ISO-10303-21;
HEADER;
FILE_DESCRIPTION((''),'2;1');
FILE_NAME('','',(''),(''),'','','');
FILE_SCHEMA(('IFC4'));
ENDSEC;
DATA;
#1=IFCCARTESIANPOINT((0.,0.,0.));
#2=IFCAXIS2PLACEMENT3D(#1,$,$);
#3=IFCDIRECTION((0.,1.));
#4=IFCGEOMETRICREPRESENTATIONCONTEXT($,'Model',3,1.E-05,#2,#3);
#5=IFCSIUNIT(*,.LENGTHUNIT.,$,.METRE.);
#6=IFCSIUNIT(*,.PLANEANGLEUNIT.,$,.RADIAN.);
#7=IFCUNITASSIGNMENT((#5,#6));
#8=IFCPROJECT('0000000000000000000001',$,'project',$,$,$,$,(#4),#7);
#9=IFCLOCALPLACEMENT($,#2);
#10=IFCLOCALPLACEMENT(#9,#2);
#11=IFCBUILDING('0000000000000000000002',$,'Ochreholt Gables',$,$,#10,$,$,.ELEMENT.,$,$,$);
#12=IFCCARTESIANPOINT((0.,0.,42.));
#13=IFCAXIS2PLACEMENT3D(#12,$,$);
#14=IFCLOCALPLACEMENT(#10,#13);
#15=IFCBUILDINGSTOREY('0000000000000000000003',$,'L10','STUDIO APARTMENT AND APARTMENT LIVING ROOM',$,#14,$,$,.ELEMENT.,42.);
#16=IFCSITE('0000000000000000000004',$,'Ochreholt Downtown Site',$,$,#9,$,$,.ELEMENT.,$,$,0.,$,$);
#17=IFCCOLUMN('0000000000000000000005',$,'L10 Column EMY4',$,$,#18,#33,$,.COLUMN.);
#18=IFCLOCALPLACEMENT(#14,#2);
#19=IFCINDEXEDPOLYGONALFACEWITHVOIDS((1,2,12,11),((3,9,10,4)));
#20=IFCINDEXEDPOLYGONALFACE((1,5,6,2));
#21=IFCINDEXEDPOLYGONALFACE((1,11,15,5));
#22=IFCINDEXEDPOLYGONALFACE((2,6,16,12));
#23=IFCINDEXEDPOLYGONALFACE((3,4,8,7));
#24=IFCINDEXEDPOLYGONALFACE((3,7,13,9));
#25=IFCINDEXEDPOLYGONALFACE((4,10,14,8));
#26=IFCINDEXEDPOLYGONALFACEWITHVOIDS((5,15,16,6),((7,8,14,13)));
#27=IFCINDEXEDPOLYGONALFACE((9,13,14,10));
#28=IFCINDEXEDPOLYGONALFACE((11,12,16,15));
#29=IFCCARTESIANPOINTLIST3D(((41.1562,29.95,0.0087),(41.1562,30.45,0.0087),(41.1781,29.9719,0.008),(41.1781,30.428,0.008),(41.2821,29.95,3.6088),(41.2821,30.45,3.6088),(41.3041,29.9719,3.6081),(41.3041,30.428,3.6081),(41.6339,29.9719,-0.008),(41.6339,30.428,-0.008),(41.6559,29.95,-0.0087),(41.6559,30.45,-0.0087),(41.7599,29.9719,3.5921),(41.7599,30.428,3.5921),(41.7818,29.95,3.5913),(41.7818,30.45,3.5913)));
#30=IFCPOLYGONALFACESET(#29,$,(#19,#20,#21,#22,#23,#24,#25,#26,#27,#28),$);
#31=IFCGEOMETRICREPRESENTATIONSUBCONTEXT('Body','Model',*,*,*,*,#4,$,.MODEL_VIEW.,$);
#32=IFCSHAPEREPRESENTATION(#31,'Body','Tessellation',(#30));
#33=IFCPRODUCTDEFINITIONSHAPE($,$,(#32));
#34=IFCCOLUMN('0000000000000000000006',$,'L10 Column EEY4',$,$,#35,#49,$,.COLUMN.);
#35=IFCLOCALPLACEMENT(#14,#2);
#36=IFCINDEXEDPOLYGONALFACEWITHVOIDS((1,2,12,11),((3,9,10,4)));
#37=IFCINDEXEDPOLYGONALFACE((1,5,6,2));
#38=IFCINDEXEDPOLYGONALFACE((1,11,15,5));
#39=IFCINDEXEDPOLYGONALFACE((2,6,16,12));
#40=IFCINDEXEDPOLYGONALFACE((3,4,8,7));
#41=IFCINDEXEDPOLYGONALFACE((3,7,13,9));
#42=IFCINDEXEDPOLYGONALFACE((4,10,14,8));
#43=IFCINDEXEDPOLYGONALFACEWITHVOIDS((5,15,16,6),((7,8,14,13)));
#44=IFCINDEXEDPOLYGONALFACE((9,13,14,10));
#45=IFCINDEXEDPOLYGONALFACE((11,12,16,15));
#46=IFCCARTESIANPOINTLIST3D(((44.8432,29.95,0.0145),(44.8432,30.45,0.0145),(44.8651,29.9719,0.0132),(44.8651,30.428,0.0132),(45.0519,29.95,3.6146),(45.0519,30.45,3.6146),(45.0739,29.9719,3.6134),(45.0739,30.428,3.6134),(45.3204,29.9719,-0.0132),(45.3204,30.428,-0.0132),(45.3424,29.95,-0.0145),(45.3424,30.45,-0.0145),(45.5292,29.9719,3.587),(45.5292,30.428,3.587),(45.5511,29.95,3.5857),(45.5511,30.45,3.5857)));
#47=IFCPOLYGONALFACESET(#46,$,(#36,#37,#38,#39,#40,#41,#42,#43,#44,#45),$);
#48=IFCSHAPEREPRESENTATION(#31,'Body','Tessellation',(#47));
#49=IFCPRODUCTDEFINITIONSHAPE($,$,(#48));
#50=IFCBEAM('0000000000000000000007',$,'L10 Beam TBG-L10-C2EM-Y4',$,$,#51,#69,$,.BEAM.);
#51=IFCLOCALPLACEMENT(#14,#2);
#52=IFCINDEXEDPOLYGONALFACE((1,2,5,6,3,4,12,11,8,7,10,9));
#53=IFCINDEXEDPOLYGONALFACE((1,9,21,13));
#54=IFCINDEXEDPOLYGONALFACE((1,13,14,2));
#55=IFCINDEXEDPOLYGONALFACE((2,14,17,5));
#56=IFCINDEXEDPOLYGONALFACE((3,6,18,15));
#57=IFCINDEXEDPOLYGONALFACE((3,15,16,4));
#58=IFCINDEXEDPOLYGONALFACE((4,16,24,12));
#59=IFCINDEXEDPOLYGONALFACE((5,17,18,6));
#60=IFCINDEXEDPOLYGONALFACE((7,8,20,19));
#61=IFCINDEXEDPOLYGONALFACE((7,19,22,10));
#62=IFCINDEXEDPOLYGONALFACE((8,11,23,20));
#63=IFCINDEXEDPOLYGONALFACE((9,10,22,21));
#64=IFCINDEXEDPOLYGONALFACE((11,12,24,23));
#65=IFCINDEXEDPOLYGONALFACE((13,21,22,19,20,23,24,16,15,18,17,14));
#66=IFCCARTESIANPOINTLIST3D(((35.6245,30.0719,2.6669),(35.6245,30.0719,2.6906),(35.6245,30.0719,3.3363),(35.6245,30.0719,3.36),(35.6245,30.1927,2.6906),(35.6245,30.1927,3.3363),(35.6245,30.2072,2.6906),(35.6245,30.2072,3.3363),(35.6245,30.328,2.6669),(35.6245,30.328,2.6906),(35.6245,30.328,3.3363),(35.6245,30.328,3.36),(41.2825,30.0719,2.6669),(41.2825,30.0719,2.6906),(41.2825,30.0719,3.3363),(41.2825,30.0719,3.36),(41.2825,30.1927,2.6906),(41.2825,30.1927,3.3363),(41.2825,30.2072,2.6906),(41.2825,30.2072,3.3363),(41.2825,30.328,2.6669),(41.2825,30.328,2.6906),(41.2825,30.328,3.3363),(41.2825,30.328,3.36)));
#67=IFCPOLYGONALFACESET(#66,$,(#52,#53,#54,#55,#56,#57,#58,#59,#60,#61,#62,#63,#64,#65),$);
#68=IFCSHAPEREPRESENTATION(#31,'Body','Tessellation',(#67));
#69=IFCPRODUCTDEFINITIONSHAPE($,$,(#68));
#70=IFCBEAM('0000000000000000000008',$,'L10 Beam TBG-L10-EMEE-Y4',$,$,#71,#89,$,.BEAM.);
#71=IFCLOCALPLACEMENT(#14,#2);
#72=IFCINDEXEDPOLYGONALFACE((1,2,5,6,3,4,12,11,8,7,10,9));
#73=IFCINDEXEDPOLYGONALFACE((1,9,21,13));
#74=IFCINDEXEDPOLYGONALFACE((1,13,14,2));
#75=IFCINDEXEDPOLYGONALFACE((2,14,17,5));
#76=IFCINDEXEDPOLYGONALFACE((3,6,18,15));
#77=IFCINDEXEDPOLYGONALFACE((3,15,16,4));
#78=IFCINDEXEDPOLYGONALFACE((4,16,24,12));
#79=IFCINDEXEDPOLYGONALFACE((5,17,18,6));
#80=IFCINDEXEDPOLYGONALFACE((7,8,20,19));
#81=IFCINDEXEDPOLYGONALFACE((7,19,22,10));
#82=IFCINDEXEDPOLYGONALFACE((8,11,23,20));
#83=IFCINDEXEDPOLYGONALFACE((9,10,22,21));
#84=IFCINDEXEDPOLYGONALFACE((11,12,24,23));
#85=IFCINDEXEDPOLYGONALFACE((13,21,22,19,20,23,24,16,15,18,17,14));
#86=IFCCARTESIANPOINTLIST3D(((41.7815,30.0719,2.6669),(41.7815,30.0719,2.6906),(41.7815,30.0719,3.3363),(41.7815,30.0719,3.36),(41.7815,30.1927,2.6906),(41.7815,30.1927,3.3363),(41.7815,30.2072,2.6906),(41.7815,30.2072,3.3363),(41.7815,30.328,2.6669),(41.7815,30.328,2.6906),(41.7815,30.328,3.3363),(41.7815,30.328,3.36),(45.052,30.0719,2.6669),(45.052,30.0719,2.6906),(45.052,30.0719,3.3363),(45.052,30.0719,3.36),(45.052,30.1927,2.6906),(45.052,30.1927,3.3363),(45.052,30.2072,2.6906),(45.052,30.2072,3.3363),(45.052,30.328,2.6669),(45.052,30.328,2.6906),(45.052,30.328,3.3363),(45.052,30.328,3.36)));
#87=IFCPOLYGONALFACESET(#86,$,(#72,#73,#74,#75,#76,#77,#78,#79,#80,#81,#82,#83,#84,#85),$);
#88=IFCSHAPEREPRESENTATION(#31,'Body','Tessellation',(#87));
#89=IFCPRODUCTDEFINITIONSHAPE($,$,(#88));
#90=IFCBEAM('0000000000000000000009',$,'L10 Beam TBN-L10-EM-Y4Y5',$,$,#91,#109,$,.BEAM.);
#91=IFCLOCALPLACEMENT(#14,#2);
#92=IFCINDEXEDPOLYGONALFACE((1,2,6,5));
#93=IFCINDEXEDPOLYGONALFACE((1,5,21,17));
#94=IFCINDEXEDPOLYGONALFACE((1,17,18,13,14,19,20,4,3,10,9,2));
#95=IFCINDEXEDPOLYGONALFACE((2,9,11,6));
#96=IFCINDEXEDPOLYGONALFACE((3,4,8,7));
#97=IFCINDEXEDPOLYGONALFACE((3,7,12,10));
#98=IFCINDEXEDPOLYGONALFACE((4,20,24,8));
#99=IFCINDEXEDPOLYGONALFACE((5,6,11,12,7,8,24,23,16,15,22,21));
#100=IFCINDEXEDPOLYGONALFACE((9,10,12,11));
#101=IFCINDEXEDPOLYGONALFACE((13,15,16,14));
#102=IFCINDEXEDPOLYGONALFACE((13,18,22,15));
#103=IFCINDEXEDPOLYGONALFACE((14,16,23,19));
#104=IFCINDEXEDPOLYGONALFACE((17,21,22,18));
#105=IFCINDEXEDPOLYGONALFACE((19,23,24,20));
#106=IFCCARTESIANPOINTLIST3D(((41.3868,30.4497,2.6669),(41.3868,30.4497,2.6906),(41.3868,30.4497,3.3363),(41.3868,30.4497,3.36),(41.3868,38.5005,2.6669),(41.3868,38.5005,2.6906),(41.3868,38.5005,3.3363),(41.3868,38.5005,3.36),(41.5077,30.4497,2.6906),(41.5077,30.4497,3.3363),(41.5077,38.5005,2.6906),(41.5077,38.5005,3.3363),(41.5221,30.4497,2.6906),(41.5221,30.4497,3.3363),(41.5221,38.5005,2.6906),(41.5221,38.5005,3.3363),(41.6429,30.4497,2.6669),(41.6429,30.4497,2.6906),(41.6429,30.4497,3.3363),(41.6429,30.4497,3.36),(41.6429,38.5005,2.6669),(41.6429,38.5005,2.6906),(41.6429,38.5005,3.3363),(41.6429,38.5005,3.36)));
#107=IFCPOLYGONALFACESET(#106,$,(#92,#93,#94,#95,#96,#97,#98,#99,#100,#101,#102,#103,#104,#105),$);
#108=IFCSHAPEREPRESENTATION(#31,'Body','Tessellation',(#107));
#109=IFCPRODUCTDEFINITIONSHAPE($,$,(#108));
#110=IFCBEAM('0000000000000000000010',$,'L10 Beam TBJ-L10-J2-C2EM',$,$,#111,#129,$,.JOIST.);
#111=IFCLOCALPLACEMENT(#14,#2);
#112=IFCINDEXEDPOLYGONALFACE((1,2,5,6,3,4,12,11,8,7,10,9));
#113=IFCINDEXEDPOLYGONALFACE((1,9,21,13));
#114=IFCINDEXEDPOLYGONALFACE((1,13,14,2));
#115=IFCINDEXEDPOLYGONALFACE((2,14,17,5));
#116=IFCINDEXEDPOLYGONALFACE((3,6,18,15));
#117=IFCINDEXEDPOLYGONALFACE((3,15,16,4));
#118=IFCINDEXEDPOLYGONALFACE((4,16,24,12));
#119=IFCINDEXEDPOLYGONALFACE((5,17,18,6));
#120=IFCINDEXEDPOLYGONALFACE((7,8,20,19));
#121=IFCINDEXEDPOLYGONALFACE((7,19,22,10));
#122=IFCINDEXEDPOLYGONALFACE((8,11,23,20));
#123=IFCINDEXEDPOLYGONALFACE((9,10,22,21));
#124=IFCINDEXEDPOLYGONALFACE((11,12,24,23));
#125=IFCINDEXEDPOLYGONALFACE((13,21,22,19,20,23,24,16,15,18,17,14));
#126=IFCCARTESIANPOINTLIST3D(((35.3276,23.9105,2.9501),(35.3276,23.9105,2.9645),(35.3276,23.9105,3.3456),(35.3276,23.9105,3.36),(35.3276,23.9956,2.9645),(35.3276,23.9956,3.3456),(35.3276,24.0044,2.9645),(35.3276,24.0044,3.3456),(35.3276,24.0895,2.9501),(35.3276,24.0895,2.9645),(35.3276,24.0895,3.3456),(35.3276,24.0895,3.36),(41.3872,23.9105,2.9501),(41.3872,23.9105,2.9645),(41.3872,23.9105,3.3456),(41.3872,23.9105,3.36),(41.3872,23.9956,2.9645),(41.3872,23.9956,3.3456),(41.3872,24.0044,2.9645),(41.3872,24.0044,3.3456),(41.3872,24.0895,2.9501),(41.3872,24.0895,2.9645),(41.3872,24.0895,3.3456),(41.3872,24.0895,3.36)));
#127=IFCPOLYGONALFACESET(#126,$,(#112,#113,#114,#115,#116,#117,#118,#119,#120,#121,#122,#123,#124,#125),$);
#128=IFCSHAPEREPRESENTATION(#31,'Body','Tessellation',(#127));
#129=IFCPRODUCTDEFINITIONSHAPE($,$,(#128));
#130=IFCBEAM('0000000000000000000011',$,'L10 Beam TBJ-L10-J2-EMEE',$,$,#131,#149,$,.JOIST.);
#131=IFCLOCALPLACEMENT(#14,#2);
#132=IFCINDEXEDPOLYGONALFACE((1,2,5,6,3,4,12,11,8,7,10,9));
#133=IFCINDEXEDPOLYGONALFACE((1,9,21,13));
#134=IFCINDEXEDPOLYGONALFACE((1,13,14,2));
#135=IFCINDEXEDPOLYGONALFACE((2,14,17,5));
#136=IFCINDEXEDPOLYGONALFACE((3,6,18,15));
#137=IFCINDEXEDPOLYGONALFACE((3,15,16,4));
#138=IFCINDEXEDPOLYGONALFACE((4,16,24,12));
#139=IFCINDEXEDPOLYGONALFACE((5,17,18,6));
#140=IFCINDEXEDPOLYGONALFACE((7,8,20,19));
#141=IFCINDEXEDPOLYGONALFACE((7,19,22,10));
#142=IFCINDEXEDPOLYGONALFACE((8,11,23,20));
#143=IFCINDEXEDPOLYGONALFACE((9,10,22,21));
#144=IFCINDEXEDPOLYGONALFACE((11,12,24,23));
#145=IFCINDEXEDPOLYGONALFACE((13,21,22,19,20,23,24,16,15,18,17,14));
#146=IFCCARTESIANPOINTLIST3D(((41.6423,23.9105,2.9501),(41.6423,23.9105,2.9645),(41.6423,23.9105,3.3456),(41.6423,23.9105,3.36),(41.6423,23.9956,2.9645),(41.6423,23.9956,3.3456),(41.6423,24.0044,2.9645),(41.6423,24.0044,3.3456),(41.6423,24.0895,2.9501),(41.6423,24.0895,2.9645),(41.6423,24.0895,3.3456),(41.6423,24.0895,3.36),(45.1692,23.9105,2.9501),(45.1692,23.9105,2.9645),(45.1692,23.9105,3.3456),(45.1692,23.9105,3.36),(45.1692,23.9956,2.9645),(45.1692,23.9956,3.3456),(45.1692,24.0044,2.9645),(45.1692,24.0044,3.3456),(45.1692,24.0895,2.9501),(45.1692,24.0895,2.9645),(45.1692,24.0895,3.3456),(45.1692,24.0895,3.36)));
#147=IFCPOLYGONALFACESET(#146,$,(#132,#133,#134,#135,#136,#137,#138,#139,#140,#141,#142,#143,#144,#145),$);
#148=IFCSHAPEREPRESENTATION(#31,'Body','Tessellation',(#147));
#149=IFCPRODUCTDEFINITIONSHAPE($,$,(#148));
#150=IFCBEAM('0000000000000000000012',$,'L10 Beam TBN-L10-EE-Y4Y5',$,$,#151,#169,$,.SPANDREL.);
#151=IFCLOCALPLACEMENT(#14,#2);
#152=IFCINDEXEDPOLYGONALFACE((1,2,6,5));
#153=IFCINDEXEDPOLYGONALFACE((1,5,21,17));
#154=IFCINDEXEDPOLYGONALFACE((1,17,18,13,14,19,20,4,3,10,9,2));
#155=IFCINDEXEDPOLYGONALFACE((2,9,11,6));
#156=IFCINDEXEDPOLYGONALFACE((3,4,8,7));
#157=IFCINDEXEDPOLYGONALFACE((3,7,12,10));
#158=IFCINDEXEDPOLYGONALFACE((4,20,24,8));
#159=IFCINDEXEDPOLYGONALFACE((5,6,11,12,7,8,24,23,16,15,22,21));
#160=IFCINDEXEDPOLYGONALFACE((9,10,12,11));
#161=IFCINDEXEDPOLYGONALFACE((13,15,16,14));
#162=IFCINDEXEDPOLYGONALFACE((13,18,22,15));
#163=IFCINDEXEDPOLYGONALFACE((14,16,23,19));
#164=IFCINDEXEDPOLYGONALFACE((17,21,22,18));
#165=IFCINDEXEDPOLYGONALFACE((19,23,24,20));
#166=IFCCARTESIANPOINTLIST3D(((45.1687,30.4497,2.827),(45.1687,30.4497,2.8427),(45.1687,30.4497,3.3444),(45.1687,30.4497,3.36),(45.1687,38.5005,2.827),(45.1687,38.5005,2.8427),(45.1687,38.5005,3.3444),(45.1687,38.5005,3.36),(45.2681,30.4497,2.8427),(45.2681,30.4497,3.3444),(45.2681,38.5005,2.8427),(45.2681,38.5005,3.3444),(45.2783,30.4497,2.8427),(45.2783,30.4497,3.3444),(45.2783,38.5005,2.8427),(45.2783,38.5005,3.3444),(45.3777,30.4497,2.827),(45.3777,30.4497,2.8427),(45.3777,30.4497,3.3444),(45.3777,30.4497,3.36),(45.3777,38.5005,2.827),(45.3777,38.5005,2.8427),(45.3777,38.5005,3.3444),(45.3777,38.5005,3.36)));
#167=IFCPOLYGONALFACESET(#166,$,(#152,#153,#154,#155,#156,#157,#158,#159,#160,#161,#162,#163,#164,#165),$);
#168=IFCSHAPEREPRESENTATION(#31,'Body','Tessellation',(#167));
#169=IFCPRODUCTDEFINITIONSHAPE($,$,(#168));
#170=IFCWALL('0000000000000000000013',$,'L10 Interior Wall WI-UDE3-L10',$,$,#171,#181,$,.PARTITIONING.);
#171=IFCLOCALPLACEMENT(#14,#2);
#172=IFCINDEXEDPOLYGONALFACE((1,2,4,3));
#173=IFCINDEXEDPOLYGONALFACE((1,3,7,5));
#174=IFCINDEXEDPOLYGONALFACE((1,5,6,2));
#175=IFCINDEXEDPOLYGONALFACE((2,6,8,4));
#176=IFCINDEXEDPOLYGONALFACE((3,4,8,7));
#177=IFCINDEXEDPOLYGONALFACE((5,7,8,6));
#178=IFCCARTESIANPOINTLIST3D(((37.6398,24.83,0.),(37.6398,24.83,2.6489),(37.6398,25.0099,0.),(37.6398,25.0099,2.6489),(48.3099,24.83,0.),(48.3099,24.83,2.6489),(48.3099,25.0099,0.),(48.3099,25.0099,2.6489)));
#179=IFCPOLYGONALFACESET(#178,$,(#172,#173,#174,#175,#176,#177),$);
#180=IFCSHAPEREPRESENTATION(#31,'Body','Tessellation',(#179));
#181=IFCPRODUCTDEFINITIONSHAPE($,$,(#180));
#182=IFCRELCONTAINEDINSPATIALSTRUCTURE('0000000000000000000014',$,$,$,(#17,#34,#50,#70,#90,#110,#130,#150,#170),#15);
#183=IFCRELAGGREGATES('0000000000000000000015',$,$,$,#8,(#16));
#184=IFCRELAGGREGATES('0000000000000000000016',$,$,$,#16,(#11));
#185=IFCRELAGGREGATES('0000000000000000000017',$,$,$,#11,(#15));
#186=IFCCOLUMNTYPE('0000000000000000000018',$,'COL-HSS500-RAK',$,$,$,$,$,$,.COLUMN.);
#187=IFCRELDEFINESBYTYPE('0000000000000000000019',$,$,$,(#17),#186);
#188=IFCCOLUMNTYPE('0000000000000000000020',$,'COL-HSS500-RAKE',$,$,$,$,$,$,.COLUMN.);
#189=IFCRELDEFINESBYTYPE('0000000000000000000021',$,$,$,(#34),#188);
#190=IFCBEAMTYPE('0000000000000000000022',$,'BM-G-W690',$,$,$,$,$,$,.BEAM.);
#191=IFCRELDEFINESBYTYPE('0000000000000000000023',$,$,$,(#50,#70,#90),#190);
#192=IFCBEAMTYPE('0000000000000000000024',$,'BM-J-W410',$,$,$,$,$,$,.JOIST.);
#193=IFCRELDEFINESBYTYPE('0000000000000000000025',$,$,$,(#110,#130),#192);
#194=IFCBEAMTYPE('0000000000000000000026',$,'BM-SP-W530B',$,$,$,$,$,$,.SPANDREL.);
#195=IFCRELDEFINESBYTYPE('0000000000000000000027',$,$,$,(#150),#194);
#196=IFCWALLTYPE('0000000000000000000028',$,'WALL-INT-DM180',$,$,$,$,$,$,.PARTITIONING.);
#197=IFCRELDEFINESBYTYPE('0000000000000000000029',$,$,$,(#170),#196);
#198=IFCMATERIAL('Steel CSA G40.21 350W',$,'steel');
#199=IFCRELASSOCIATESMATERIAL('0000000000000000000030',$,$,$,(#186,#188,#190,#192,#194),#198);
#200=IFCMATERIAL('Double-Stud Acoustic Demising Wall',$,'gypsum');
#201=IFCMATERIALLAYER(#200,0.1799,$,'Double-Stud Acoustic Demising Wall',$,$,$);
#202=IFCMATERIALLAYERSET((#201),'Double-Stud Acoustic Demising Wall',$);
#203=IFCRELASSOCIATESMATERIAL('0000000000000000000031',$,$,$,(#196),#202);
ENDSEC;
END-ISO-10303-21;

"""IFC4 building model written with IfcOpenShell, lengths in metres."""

from ifc_helpers import new_model, si_unit, direction, frame, frame_2d, origin, origin_2d, place, context, subcontext, project, spatial, rectangle, hollow_rectangle, i_section, extrude, material, layer, layer_set, material_profile, profile_set, type_object, element, save


model = new_model("IFC4")

# Units and contexts
model_context = context("Model", 3, precision=1e-05, world=origin(), true_north=direction((0.0, 1.0)))
body_context = subcontext(model_context, "Body", "Model", "MODEL_VIEW")
ifc_project = project(units=[si_unit("LENGTHUNIT", "METRE"), si_unit("PLANEANGLEUNIT", "RADIAN")], contexts=[model_context])

# Site, building, storey
site_placement = place(None, origin())
site = spatial("IfcSite", under=ifc_project, at=site_placement, Name="Ochreholt Downtown Site", CompositionType="ELEMENT", RefElevation=0.0)
building_placement = place(site_placement, origin())
building = spatial("IfcBuilding", under=site, at=building_placement, Name="Ochreholt Gables", CompositionType="ELEMENT")
storey_placement = place(building_placement, frame((0.0, 0.0, 42.0)))
storey = spatial("IfcBuildingStorey", under=building, at=storey_placement, Name="L10", Description="STUDIO APARTMENT AND APARTMENT LIVING ROOM", CompositionType="ELEMENT", Elevation=42.0)

# Columns
ifc_material_1 = material(Name="Steel CSA G40.21 350W", Category="steel")
ifc_material_profile_1 = material_profile(ifc_material_1, hollow_rectangle(XDim=0.5, YDim=0.5, WallThickness=0.022, at=origin_2d()), Name="HSS500X500X22")
ifc_profile_set_1 = profile_set([ifc_material_profile_1], Name="Steel CSA G40.21 350W")
column_type_1 = type_object("IfcColumnType", Name="COL-HSS500-RAK", PredefinedType="COLUMN", material=ifc_profile_set_1)
column_1_placement = place(storey_placement, frame((41.406, 30.2, 0.0), z_axis=(0.034971, 0.0, 0.999388), x_axis=(0.0, 1.0, 0.0)))
element("IfcColumn", 1, at=column_1_placement, inside=storey, type_object=column_type_1, Name="L10 Column EMY4", PredefinedType="COLUMN", context=body_context, shape_type="SweptSolid", body=[
    extrude(hollow_rectangle(XDim=0.5, YDim=0.5, WallThickness=0.022, at=origin_2d()), origin(), (0.0, 0.0, 1.0), 3.6023),
])
ifc_material_profile_2 = material_profile(ifc_material_1, hollow_rectangle(XDim=0.5, YDim=0.5, WallThickness=0.022, at=origin_2d()), Name="HSS500X500X22")
ifc_profile_set_2 = profile_set([ifc_material_profile_2], Name="Steel CSA G40.21 350W")
column_type_2 = type_object("IfcColumnType", Name="COL-HSS500-RAKE", PredefinedType="COLUMN", material=ifc_profile_set_2)
column_2_placement = place(storey_placement, frame((45.0928, 30.2, 0.0), z_axis=(0.057885, 0.0, 0.998323), x_axis=(0.0, 1.0, 0.0)))
element("IfcColumn", 2, at=column_2_placement, inside=storey, type_object=column_type_2, Name="L10 Column EEY4", PredefinedType="COLUMN", context=body_context, shape_type="SweptSolid", body=[
    extrude(hollow_rectangle(XDim=0.5, YDim=0.5, WallThickness=0.022, at=origin_2d()), origin(), (0.0, 0.0, 1.0), 3.6062),
])

# Beams
ifc_material_profile_3 = material_profile(ifc_material_1, i_section(OverallWidth=0.2561, OverallDepth=0.6931, WebThickness=0.0144, FlangeThickness=0.0237, at=origin_2d()), Name="W690X170")
ifc_profile_set_3 = profile_set([ifc_material_profile_3], Name="Steel CSA G40.21 350W")
beam_type_1 = type_object("IfcBeamType", Name="BM-G-W690", PredefinedType="BEAM", material=ifc_profile_set_3)
beam_1_placement = place(storey_placement, frame((35.6245, 30.2, 3.0134), z_axis=(1.0, 0.0, 0.0), x_axis=(0.0, 1.0, 0.0)))
element("IfcBeam", 3, at=beam_1_placement, inside=storey, type_object=beam_type_1, Name="L10 Beam TBG-L10-C2EM-Y4", PredefinedType="BEAM", context=body_context, shape_type="SweptSolid", body=[
    extrude(i_section(OverallWidth=0.2561, OverallDepth=0.6931, WebThickness=0.0144, FlangeThickness=0.0237, at=origin_2d()), origin(), (0.0, 0.0, 1.0), 5.658),
])
beam_2_placement = place(storey_placement, frame((41.7815, 30.2, 3.0134), z_axis=(1.0, 0.0, 0.0), x_axis=(0.0, 1.0, 0.0)))
element("IfcBeam", 4, at=beam_2_placement, inside=storey, type_object=beam_type_1, Name="L10 Beam TBG-L10-EMEE-Y4", PredefinedType="BEAM", context=body_context, shape_type="SweptSolid", body=[
    extrude(i_section(OverallWidth=0.2561, OverallDepth=0.6931, WebThickness=0.0144, FlangeThickness=0.0237, at=origin_2d()), origin(), (0.0, 0.0, 1.0), 3.2705),
])
beam_3_placement = place(storey_placement, frame((41.5149, 30.4497, 3.0134), z_axis=(0.0, 1.0, 0.0), x_axis=(-1.0, 0.0, 0.0)))
element("IfcBeam", 5, at=beam_3_placement, inside=storey, type_object=beam_type_1, Name="L10 Beam TBN-L10-EM-Y4Y5", PredefinedType="BEAM", context=body_context, shape_type="SweptSolid", body=[
    extrude(i_section(OverallWidth=0.2561, OverallDepth=0.6931, WebThickness=0.0144, FlangeThickness=0.0237, at=origin_2d()), origin(), (0.0, 0.0, 1.0), 8.0508),
])
ifc_material_profile_4 = material_profile(ifc_material_1, i_section(OverallWidth=0.179, OverallDepth=0.4099, WebThickness=0.0088, FlangeThickness=0.0144, at=origin_2d()), Name="W410X67")
ifc_profile_set_4 = profile_set([ifc_material_profile_4], Name="Steel CSA G40.21 350W")
beam_type_2 = type_object("IfcBeamType", Name="BM-J-W410", PredefinedType="JOIST", material=ifc_profile_set_4)
beam_4_placement = place(storey_placement, frame((35.3276, 24.0, 3.155), z_axis=(1.0, 0.0, 0.0), x_axis=(0.0, 1.0, 0.0)))
element("IfcBeam", 6, at=beam_4_placement, inside=storey, type_object=beam_type_2, Name="L10 Beam TBJ-L10-J2-C2EM", PredefinedType="JOIST", context=body_context, shape_type="SweptSolid", body=[
    extrude(i_section(OverallWidth=0.179, OverallDepth=0.4099, WebThickness=0.0088, FlangeThickness=0.0144, at=origin_2d()), origin(), (0.0, 0.0, 1.0), 6.0596),
])
beam_5_placement = place(storey_placement, frame((41.6423, 24.0, 3.155), z_axis=(1.0, 0.0, 0.0), x_axis=(0.0, 1.0, 0.0)))
element("IfcBeam", 7, at=beam_5_placement, inside=storey, type_object=beam_type_2, Name="L10 Beam TBJ-L10-J2-EMEE", PredefinedType="JOIST", context=body_context, shape_type="SweptSolid", body=[
    extrude(i_section(OverallWidth=0.179, OverallDepth=0.4099, WebThickness=0.0088, FlangeThickness=0.0144, at=origin_2d()), origin(), (0.0, 0.0, 1.0), 3.5269),
])
ifc_material_profile_5 = material_profile(ifc_material_1, i_section(OverallWidth=0.209, OverallDepth=0.533, WebThickness=0.0103, FlangeThickness=0.0156, at=origin_2d()), Name="W530X92")
ifc_profile_set_5 = profile_set([ifc_material_profile_5], Name="Steel CSA G40.21 350W")
beam_type_3 = type_object("IfcBeamType", Name="BM-SP-W530B", PredefinedType="SPANDREL", material=ifc_profile_set_5)
beam_6_placement = place(storey_placement, frame((45.2732, 30.4497, 3.0935), z_axis=(0.0, 1.0, 0.0), x_axis=(-1.0, 0.0, 0.0)))
element("IfcBeam", 8, at=beam_6_placement, inside=storey, type_object=beam_type_3, Name="L10 Beam TBN-L10-EE-Y4Y5", PredefinedType="SPANDREL", context=body_context, shape_type="SweptSolid", body=[
    extrude(i_section(OverallWidth=0.209, OverallDepth=0.533, WebThickness=0.0103, FlangeThickness=0.0156, at=origin_2d()), origin(), (0.0, 0.0, 1.0), 8.0508),
])

# Wall
ifc_material_2 = material(Name="Double-Stud Acoustic Demising Wall", Category="gypsum")
ifc_layer_1 = layer(ifc_material_2, 0.1799, Name="Double-Stud Acoustic Demising Wall")
ifc_layer_set_1 = layer_set([ifc_layer_1], Name="Double-Stud Acoustic Demising Wall")
wall_type_1 = type_object("IfcWallType", Name="WALL-INT-DM180", PredefinedType="PARTITIONING", material=ifc_layer_set_1)
wall_1_placement = place(storey_placement, frame((37.6399, 24.9199, 0.0), z_axis=(0.0, 0.0, 1.0), x_axis=(1.0, 0.0, 0.0)))
element("IfcWall", 9, at=wall_1_placement, inside=storey, type_object=wall_type_1, Name="L10 Interior Wall WI-UDE3-L10", PredefinedType="PARTITIONING", context=body_context, shape_type="SweptSolid", body=[
    extrude(rectangle(XDim=10.6702, YDim=0.1799, at=frame_2d((5.335, 0.0))), origin(), (0.0, 0.0, 1.0), 2.6489),
])

save(model, "model.ifc")
